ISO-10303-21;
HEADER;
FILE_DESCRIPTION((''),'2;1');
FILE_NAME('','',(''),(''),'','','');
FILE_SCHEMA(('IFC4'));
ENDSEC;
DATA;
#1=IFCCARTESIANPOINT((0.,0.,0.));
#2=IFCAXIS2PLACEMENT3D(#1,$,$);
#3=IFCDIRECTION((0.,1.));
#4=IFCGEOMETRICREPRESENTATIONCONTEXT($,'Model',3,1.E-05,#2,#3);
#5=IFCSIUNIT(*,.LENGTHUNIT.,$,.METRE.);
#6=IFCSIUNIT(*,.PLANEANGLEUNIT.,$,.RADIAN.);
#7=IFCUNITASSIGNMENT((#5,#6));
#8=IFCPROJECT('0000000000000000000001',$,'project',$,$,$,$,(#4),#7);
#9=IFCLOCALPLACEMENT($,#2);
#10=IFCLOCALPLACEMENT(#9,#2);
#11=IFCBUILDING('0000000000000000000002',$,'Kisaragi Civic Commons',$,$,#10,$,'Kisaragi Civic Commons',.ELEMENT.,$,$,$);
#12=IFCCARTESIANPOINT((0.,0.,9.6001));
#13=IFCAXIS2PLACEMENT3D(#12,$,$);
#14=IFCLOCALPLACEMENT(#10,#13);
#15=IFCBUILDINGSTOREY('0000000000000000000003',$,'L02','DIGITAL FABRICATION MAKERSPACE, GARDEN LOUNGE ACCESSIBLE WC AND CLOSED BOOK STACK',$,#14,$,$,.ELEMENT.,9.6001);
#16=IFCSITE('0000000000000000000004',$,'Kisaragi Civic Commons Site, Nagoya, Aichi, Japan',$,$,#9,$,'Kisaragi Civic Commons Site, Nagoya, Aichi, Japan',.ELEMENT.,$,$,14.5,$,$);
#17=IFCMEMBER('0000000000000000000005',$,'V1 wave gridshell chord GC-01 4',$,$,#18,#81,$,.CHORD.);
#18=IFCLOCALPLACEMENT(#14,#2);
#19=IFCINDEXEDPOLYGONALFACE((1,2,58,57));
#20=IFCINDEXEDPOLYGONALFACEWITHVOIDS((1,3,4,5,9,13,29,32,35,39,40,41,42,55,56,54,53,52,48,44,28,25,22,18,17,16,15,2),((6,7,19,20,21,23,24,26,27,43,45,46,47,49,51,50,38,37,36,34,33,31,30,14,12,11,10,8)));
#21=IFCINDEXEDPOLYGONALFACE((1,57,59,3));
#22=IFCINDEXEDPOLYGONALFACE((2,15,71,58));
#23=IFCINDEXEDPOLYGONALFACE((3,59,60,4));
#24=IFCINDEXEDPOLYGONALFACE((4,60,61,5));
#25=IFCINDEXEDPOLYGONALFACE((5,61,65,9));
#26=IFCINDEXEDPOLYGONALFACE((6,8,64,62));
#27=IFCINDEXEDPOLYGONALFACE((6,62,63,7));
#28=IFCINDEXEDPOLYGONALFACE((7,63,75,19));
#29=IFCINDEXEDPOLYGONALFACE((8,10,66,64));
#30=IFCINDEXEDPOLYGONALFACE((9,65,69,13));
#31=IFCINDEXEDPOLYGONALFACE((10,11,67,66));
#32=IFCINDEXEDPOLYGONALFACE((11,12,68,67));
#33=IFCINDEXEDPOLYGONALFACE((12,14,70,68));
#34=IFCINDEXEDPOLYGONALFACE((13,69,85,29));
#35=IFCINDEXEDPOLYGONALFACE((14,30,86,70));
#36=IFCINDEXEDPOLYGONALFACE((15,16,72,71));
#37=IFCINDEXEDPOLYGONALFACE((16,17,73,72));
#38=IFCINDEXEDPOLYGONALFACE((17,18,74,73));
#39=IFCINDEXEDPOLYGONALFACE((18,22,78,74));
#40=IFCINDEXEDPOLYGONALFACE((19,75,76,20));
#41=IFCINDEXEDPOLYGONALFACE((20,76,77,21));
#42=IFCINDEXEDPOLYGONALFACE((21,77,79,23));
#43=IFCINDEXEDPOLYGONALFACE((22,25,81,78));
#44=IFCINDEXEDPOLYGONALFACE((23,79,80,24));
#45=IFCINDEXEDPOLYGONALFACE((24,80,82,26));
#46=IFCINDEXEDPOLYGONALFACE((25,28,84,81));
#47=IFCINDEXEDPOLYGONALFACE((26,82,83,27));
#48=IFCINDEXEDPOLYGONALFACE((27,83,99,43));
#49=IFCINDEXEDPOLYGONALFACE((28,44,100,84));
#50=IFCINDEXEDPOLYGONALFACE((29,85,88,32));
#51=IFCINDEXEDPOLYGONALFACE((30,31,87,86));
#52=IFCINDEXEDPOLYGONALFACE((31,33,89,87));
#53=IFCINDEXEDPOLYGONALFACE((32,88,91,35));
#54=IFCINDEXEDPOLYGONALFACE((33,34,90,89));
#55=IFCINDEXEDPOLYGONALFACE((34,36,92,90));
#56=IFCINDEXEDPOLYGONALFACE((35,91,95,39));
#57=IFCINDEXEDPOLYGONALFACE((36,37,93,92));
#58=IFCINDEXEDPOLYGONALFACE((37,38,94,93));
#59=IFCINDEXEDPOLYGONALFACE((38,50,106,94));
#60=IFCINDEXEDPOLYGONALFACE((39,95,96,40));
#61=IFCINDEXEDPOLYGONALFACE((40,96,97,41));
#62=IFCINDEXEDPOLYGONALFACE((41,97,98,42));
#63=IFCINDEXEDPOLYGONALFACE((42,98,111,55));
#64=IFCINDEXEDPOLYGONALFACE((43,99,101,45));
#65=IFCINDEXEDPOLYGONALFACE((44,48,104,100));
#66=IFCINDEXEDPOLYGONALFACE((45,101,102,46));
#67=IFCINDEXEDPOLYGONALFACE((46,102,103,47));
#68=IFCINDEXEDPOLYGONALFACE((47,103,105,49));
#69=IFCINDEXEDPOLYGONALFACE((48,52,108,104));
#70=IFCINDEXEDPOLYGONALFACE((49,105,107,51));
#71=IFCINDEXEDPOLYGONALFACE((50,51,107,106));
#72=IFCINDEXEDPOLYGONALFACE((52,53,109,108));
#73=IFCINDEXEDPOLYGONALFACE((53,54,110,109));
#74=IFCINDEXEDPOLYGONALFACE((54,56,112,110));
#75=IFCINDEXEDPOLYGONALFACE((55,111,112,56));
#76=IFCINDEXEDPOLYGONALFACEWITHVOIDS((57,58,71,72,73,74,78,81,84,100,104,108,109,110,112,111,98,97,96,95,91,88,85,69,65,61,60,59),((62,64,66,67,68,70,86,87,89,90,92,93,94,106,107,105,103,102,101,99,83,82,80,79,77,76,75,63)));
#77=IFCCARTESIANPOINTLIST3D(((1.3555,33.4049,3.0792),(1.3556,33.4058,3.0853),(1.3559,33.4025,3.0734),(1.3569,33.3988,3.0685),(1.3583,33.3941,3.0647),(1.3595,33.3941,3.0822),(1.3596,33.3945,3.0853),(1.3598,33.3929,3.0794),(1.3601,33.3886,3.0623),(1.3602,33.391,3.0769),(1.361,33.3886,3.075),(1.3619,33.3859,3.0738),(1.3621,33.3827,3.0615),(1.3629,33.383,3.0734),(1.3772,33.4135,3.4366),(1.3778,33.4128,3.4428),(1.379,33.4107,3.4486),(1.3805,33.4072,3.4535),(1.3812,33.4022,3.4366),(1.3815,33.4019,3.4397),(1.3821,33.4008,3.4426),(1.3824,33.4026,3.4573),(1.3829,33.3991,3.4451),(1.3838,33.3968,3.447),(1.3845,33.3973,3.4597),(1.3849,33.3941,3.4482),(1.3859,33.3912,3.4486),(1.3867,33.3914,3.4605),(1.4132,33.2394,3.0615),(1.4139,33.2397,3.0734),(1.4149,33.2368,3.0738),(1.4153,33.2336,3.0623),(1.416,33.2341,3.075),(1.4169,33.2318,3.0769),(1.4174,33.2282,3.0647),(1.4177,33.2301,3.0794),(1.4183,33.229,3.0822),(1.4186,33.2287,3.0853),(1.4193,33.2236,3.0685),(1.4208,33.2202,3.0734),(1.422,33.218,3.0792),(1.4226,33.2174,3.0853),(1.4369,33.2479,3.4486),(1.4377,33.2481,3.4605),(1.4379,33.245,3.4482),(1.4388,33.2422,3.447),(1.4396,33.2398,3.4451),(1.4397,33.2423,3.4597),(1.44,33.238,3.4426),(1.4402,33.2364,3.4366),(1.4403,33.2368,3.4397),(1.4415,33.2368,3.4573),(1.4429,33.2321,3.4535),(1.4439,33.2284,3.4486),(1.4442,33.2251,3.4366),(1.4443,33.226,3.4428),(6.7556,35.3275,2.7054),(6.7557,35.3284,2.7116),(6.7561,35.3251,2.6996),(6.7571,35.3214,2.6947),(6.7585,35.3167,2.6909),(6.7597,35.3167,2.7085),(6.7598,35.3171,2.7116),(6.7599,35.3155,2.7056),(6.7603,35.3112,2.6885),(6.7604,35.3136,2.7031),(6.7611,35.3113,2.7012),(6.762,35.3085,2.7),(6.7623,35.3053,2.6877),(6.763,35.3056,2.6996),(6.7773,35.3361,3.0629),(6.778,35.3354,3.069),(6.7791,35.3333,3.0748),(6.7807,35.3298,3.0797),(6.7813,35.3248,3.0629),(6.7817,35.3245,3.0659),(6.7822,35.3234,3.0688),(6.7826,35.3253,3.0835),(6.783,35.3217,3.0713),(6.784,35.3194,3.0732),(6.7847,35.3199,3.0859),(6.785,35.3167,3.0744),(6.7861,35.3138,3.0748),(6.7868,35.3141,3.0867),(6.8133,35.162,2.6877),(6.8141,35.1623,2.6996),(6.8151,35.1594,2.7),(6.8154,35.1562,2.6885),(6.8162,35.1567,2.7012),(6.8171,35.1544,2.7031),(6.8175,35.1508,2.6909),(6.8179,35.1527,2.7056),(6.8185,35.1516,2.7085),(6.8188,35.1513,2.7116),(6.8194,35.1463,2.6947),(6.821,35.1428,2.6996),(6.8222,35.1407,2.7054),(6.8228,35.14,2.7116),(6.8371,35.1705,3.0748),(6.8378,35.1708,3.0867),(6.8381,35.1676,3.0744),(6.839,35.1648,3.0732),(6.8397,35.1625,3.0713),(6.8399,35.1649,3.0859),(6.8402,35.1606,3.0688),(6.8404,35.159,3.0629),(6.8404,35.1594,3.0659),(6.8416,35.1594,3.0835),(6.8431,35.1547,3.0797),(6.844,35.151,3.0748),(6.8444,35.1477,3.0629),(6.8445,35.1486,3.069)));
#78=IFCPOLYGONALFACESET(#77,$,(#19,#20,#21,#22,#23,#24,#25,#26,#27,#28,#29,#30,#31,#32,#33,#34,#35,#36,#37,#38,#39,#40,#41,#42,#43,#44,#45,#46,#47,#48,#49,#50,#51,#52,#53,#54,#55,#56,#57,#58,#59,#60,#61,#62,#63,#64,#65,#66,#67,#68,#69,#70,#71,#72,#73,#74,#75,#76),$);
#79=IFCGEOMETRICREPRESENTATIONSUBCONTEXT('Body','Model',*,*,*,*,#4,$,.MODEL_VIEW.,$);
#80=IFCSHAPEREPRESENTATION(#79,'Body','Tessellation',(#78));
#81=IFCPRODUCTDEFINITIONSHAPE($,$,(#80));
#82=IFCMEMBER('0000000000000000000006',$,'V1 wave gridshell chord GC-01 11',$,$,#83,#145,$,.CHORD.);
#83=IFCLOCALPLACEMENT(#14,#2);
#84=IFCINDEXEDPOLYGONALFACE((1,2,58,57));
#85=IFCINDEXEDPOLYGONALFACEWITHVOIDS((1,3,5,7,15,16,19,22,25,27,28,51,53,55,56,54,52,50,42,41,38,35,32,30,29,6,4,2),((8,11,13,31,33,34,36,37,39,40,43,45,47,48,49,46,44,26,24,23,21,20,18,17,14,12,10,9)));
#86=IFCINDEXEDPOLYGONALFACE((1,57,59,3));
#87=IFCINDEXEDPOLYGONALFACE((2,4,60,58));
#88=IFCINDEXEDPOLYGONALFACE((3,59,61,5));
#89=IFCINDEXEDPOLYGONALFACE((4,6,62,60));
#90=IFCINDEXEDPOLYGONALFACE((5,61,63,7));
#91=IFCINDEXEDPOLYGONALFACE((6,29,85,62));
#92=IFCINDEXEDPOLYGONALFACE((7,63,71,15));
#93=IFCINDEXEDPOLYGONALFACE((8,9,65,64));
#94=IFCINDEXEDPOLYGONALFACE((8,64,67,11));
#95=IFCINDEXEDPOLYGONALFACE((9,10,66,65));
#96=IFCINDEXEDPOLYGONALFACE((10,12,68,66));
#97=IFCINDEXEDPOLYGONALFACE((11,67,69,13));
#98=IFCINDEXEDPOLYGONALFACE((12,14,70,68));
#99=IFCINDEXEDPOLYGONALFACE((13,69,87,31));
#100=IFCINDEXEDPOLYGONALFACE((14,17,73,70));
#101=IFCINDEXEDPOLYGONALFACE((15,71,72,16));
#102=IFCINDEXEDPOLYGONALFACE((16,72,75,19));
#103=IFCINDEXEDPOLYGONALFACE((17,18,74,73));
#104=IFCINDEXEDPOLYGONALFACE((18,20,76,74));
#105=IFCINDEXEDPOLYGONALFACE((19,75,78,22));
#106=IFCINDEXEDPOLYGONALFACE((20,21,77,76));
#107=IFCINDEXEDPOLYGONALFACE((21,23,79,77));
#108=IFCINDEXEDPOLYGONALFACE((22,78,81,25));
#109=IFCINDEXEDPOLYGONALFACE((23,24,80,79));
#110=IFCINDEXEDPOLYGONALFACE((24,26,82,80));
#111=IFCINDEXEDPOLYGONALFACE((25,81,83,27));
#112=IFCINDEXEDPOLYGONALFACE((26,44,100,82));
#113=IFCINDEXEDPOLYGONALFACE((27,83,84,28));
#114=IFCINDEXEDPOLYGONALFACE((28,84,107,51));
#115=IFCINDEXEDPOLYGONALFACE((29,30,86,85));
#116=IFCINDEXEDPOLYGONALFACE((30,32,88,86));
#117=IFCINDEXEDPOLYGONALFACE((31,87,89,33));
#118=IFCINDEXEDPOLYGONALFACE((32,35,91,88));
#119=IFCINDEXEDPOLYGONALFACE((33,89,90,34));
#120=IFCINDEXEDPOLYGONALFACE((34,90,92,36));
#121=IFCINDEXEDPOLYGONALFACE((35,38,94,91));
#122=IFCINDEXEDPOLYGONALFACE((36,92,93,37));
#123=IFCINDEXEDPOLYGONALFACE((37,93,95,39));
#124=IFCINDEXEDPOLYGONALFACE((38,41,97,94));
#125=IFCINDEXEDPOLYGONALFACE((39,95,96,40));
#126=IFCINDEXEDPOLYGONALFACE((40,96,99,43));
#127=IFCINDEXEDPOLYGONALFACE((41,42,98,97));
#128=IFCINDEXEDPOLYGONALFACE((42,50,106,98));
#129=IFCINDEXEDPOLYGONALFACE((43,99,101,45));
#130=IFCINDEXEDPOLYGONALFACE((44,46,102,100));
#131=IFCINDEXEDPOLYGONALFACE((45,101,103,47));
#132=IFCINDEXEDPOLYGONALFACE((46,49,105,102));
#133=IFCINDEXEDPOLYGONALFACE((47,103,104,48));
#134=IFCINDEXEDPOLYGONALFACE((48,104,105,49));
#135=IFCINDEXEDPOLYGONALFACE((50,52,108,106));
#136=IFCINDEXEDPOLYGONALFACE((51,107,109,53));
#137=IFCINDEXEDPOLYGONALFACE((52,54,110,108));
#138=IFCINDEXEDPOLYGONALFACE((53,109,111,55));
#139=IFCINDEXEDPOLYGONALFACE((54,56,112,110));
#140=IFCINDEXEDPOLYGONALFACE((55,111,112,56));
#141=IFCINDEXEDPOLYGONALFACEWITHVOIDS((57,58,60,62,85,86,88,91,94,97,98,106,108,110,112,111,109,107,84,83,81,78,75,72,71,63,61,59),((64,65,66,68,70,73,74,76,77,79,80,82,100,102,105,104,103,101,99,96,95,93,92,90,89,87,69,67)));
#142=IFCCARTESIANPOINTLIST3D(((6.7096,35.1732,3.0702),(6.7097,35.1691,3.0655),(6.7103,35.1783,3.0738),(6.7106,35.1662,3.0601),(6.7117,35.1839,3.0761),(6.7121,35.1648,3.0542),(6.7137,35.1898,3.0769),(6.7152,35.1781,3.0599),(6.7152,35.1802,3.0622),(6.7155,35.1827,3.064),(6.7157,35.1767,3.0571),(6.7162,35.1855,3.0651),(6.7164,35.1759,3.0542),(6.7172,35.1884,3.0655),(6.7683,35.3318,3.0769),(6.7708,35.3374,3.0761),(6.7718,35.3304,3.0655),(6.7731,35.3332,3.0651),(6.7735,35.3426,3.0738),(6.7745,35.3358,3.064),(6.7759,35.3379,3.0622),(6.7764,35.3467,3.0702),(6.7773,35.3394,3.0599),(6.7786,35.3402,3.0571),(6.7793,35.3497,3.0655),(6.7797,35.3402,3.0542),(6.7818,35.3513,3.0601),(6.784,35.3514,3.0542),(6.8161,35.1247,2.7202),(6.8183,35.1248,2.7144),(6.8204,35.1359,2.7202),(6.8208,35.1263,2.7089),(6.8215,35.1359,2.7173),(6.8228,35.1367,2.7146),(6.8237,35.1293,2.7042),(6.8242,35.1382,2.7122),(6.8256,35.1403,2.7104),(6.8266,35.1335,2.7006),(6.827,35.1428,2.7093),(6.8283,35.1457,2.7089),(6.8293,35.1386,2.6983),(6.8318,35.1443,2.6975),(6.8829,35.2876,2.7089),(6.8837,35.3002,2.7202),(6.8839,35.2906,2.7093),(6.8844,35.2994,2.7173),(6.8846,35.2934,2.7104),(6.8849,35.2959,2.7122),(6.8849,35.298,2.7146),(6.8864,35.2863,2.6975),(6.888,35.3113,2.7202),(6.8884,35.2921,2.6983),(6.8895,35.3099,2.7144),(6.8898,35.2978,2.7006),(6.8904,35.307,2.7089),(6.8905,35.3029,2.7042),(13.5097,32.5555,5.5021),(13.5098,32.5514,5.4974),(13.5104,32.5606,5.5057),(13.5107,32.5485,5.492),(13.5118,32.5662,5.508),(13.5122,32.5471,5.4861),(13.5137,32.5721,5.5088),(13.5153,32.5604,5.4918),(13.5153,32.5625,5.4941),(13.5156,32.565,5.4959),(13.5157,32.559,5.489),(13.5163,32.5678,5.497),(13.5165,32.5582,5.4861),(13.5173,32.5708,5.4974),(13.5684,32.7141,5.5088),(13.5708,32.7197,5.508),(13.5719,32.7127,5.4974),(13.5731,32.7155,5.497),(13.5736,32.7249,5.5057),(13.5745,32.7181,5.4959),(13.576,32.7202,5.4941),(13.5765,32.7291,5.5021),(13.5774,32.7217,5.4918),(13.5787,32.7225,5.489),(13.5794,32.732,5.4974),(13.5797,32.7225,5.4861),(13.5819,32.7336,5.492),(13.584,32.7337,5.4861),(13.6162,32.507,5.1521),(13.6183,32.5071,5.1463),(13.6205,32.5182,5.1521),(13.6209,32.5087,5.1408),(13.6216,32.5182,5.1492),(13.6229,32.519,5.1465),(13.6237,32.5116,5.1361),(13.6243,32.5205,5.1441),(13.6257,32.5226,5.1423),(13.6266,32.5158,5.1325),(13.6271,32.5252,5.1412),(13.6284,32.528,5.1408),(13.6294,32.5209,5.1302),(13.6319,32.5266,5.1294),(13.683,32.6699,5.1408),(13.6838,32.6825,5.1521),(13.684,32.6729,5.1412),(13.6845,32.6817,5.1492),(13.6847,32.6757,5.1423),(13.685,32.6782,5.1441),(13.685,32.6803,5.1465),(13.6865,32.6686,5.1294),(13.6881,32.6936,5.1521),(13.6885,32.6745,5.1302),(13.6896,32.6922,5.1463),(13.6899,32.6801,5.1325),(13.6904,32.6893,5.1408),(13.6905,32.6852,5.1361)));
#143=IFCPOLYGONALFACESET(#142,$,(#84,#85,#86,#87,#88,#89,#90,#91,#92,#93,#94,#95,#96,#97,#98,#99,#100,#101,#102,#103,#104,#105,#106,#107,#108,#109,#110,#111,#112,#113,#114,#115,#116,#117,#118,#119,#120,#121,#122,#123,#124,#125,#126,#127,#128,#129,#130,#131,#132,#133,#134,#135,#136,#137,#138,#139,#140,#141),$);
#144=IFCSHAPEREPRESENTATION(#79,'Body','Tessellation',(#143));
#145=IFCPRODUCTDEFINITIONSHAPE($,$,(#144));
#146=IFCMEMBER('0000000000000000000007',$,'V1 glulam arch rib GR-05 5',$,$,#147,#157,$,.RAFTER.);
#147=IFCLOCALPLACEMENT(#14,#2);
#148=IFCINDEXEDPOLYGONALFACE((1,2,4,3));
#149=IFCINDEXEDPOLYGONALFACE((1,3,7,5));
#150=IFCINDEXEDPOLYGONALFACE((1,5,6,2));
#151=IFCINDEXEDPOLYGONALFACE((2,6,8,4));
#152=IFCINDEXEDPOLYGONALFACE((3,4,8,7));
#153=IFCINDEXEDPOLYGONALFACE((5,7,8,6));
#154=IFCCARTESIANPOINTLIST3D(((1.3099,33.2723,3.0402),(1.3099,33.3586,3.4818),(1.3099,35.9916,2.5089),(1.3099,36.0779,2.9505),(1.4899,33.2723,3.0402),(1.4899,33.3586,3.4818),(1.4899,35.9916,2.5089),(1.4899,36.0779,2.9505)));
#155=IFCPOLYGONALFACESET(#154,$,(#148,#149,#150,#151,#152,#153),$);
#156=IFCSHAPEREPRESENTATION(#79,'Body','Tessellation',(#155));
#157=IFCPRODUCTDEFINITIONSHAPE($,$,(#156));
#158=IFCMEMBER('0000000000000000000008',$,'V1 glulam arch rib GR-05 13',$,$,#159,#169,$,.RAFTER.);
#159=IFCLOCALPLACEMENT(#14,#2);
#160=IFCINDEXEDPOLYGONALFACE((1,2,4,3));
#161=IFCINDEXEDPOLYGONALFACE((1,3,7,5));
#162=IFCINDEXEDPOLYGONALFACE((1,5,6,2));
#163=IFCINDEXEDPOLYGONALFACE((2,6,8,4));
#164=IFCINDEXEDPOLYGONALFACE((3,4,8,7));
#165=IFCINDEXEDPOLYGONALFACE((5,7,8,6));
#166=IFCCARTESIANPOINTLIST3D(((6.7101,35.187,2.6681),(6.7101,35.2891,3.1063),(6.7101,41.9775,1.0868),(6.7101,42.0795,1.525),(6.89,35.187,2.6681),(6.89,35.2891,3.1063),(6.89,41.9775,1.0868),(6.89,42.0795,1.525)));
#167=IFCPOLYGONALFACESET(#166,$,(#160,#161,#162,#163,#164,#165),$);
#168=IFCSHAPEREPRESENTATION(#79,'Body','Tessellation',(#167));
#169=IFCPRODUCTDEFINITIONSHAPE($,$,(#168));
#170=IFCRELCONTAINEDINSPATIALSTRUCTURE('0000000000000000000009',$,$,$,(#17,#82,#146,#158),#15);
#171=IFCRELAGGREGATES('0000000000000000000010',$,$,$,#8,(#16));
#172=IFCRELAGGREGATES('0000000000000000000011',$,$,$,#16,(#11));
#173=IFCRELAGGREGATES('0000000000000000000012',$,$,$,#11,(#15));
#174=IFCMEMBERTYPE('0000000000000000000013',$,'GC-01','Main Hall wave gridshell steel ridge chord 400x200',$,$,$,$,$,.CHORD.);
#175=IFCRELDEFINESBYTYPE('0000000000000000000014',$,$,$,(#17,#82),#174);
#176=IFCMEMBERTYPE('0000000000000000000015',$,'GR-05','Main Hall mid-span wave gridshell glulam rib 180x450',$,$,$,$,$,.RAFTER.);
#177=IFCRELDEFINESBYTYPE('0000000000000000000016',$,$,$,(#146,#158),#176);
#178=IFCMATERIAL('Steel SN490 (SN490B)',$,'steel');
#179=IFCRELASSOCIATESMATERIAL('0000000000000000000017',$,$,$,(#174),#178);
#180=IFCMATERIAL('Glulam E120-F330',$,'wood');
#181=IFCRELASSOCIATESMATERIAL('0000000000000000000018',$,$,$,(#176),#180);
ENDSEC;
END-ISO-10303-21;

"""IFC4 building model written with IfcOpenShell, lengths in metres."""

from ifc_helpers import new_model, si_unit, direction, frame, origin, origin_2d, place, context, subcontext, project, spatial, rectangle, hollow_rectangle, extrude, material, material_profile, profile_set, type_object, element, save


model = new_model("IFC4")

# Units and contexts
model_context = context("Model", 3, precision=1e-05, world=origin(), true_north=direction((0.0, 1.0)))
body_context = subcontext(model_context, "Body", "Model", "MODEL_VIEW")
ifc_project = project(units=[si_unit("LENGTHUNIT", "METRE"), si_unit("PLANEANGLEUNIT", "RADIAN")], contexts=[model_context])

# Site, building, storey
site_placement = place(None, origin())
site = spatial("IfcSite", under=ifc_project, at=site_placement, Name="Kisaragi Civic Commons Site, Nagoya, Aichi, Japan", LongName="Kisaragi Civic Commons Site, Nagoya, Aichi, Japan", CompositionType="ELEMENT", RefElevation=14.5)
building_placement = place(site_placement, origin())
building = spatial("IfcBuilding", under=site, at=building_placement, Name="Kisaragi Civic Commons", LongName="Kisaragi Civic Commons", CompositionType="ELEMENT")
storey_placement = place(building_placement, frame((0.0, 0.0, 9.6001)))
storey = spatial("IfcBuildingStorey", under=building, at=storey_placement, Name="L02", Description="DIGITAL FABRICATION MAKERSPACE, GARDEN LOUNGE ACCESSIBLE WC AND CLOSED BOOK STACK", CompositionType="ELEMENT", Elevation=9.6001)

# Members
ifc_material_1 = material(Name="Steel SN490 (SN490B)", Category="steel")
ifc_material_profile_1 = material_profile(ifc_material_1, hollow_rectangle(XDim=0.2, YDim=0.3999, WallThickness=0.012, InnerFilletRadius=0.012, OuterFilletRadius=0.0239, at=origin_2d()), Name="STKR-400x200x12", Category="steel")
ifc_profile_set_1 = profile_set([ifc_material_profile_1], Name="Steel SN490 (SN490B)")
member_type_1 = type_object("IfcMemberType", Name="GC-01", Description="Main Hall wave gridshell steel ridge chord 400x200", PredefinedType="CHORD", material=ifc_profile_set_1)
member_1_placement = place(storey_placement, frame((1.3999, 33.3154, 3.261), z_axis=(0.940077, 0.334695, -0.065069), x_axis=(-0.335405, 0.942074, 0.0)))
element("IfcMember", 1, at=member_1_placement, inside=storey, type_object=member_type_1, Name="V1 wave gridshell chord GC-01 4", PredefinedType="CHORD", context=body_context, shape_type="SweptSolid", body=[
    extrude(hollow_rectangle(XDim=0.2, YDim=0.3999, WallThickness=0.012, InnerFilletRadius=0.012, OuterFilletRadius=0.0239, at=origin_2d()), origin(), (0.0, 0.0, 1.0), 5.7444),
])
member_2_placement = place(storey_placement, frame((6.8, 35.238, 2.8872), z_axis=(0.885239, -0.340772, 0.316586), x_axis=(0.359251, 0.933241, 0.0)))
element("IfcMember", 2, at=member_2_placement, inside=storey, type_object=member_type_1, Name="V1 wave gridshell chord GC-01 11", PredefinedType="CHORD", context=body_context, shape_type="SweptSolid", body=[
    extrude(hollow_rectangle(XDim=0.2, YDim=0.3999, WallThickness=0.012, InnerFilletRadius=0.012, OuterFilletRadius=0.0239, at=origin_2d()), origin(), (0.0, 0.0, 1.0), 7.6816),
])
ifc_material_2 = material(Name="Glulam E120-F330", Category="wood")
ifc_material_profile_2 = material_profile(ifc_material_2, rectangle(XDim=0.1799, YDim=0.45, at=origin_2d()), Name="GL-180x450", Category="wood")
ifc_profile_set_2 = profile_set([ifc_material_profile_2], Name="Glulam E120-F330")
member_type_2 = type_object("IfcMemberType", Name="GR-05", Description="Main Hall mid-span wave gridshell glulam rib 180x450", PredefinedType="RAFTER", material=ifc_profile_set_2)
member_3_placement = place(storey_placement, frame((1.3999, 33.3154, 3.261), z_axis=(0.0, 0.981445, -0.191742), x_axis=(-1.0, 0.0, 0.0)))
element("IfcMember", 3, at=member_3_placement, inside=storey, type_object=member_type_2, Name="V1 glulam arch rib GR-05 5", PredefinedType="RAFTER", context=body_context, shape_type="SweptSolid", body=[
    extrude(rectangle(XDim=0.1799, YDim=0.45, at=origin_2d()), origin(), (0.0, 0.0, 1.0), 2.7708),
])
member_4_placement = place(storey_placement, frame((6.8, 35.238, 2.8872), z_axis=(0.0, 0.973941, -0.2268), x_axis=(-1.0, 0.0, 0.0)))
element("IfcMember", 4, at=member_4_placement, inside=storey, type_object=member_type_2, Name="V1 glulam arch rib GR-05 13", PredefinedType="RAFTER", context=body_context, shape_type="SweptSolid", body=[
    extrude(rectangle(XDim=0.1799, YDim=0.45, at=origin_2d()), origin(), (0.0, 0.0, 1.0), 6.9722),
])

save(model, "model.ifc")
